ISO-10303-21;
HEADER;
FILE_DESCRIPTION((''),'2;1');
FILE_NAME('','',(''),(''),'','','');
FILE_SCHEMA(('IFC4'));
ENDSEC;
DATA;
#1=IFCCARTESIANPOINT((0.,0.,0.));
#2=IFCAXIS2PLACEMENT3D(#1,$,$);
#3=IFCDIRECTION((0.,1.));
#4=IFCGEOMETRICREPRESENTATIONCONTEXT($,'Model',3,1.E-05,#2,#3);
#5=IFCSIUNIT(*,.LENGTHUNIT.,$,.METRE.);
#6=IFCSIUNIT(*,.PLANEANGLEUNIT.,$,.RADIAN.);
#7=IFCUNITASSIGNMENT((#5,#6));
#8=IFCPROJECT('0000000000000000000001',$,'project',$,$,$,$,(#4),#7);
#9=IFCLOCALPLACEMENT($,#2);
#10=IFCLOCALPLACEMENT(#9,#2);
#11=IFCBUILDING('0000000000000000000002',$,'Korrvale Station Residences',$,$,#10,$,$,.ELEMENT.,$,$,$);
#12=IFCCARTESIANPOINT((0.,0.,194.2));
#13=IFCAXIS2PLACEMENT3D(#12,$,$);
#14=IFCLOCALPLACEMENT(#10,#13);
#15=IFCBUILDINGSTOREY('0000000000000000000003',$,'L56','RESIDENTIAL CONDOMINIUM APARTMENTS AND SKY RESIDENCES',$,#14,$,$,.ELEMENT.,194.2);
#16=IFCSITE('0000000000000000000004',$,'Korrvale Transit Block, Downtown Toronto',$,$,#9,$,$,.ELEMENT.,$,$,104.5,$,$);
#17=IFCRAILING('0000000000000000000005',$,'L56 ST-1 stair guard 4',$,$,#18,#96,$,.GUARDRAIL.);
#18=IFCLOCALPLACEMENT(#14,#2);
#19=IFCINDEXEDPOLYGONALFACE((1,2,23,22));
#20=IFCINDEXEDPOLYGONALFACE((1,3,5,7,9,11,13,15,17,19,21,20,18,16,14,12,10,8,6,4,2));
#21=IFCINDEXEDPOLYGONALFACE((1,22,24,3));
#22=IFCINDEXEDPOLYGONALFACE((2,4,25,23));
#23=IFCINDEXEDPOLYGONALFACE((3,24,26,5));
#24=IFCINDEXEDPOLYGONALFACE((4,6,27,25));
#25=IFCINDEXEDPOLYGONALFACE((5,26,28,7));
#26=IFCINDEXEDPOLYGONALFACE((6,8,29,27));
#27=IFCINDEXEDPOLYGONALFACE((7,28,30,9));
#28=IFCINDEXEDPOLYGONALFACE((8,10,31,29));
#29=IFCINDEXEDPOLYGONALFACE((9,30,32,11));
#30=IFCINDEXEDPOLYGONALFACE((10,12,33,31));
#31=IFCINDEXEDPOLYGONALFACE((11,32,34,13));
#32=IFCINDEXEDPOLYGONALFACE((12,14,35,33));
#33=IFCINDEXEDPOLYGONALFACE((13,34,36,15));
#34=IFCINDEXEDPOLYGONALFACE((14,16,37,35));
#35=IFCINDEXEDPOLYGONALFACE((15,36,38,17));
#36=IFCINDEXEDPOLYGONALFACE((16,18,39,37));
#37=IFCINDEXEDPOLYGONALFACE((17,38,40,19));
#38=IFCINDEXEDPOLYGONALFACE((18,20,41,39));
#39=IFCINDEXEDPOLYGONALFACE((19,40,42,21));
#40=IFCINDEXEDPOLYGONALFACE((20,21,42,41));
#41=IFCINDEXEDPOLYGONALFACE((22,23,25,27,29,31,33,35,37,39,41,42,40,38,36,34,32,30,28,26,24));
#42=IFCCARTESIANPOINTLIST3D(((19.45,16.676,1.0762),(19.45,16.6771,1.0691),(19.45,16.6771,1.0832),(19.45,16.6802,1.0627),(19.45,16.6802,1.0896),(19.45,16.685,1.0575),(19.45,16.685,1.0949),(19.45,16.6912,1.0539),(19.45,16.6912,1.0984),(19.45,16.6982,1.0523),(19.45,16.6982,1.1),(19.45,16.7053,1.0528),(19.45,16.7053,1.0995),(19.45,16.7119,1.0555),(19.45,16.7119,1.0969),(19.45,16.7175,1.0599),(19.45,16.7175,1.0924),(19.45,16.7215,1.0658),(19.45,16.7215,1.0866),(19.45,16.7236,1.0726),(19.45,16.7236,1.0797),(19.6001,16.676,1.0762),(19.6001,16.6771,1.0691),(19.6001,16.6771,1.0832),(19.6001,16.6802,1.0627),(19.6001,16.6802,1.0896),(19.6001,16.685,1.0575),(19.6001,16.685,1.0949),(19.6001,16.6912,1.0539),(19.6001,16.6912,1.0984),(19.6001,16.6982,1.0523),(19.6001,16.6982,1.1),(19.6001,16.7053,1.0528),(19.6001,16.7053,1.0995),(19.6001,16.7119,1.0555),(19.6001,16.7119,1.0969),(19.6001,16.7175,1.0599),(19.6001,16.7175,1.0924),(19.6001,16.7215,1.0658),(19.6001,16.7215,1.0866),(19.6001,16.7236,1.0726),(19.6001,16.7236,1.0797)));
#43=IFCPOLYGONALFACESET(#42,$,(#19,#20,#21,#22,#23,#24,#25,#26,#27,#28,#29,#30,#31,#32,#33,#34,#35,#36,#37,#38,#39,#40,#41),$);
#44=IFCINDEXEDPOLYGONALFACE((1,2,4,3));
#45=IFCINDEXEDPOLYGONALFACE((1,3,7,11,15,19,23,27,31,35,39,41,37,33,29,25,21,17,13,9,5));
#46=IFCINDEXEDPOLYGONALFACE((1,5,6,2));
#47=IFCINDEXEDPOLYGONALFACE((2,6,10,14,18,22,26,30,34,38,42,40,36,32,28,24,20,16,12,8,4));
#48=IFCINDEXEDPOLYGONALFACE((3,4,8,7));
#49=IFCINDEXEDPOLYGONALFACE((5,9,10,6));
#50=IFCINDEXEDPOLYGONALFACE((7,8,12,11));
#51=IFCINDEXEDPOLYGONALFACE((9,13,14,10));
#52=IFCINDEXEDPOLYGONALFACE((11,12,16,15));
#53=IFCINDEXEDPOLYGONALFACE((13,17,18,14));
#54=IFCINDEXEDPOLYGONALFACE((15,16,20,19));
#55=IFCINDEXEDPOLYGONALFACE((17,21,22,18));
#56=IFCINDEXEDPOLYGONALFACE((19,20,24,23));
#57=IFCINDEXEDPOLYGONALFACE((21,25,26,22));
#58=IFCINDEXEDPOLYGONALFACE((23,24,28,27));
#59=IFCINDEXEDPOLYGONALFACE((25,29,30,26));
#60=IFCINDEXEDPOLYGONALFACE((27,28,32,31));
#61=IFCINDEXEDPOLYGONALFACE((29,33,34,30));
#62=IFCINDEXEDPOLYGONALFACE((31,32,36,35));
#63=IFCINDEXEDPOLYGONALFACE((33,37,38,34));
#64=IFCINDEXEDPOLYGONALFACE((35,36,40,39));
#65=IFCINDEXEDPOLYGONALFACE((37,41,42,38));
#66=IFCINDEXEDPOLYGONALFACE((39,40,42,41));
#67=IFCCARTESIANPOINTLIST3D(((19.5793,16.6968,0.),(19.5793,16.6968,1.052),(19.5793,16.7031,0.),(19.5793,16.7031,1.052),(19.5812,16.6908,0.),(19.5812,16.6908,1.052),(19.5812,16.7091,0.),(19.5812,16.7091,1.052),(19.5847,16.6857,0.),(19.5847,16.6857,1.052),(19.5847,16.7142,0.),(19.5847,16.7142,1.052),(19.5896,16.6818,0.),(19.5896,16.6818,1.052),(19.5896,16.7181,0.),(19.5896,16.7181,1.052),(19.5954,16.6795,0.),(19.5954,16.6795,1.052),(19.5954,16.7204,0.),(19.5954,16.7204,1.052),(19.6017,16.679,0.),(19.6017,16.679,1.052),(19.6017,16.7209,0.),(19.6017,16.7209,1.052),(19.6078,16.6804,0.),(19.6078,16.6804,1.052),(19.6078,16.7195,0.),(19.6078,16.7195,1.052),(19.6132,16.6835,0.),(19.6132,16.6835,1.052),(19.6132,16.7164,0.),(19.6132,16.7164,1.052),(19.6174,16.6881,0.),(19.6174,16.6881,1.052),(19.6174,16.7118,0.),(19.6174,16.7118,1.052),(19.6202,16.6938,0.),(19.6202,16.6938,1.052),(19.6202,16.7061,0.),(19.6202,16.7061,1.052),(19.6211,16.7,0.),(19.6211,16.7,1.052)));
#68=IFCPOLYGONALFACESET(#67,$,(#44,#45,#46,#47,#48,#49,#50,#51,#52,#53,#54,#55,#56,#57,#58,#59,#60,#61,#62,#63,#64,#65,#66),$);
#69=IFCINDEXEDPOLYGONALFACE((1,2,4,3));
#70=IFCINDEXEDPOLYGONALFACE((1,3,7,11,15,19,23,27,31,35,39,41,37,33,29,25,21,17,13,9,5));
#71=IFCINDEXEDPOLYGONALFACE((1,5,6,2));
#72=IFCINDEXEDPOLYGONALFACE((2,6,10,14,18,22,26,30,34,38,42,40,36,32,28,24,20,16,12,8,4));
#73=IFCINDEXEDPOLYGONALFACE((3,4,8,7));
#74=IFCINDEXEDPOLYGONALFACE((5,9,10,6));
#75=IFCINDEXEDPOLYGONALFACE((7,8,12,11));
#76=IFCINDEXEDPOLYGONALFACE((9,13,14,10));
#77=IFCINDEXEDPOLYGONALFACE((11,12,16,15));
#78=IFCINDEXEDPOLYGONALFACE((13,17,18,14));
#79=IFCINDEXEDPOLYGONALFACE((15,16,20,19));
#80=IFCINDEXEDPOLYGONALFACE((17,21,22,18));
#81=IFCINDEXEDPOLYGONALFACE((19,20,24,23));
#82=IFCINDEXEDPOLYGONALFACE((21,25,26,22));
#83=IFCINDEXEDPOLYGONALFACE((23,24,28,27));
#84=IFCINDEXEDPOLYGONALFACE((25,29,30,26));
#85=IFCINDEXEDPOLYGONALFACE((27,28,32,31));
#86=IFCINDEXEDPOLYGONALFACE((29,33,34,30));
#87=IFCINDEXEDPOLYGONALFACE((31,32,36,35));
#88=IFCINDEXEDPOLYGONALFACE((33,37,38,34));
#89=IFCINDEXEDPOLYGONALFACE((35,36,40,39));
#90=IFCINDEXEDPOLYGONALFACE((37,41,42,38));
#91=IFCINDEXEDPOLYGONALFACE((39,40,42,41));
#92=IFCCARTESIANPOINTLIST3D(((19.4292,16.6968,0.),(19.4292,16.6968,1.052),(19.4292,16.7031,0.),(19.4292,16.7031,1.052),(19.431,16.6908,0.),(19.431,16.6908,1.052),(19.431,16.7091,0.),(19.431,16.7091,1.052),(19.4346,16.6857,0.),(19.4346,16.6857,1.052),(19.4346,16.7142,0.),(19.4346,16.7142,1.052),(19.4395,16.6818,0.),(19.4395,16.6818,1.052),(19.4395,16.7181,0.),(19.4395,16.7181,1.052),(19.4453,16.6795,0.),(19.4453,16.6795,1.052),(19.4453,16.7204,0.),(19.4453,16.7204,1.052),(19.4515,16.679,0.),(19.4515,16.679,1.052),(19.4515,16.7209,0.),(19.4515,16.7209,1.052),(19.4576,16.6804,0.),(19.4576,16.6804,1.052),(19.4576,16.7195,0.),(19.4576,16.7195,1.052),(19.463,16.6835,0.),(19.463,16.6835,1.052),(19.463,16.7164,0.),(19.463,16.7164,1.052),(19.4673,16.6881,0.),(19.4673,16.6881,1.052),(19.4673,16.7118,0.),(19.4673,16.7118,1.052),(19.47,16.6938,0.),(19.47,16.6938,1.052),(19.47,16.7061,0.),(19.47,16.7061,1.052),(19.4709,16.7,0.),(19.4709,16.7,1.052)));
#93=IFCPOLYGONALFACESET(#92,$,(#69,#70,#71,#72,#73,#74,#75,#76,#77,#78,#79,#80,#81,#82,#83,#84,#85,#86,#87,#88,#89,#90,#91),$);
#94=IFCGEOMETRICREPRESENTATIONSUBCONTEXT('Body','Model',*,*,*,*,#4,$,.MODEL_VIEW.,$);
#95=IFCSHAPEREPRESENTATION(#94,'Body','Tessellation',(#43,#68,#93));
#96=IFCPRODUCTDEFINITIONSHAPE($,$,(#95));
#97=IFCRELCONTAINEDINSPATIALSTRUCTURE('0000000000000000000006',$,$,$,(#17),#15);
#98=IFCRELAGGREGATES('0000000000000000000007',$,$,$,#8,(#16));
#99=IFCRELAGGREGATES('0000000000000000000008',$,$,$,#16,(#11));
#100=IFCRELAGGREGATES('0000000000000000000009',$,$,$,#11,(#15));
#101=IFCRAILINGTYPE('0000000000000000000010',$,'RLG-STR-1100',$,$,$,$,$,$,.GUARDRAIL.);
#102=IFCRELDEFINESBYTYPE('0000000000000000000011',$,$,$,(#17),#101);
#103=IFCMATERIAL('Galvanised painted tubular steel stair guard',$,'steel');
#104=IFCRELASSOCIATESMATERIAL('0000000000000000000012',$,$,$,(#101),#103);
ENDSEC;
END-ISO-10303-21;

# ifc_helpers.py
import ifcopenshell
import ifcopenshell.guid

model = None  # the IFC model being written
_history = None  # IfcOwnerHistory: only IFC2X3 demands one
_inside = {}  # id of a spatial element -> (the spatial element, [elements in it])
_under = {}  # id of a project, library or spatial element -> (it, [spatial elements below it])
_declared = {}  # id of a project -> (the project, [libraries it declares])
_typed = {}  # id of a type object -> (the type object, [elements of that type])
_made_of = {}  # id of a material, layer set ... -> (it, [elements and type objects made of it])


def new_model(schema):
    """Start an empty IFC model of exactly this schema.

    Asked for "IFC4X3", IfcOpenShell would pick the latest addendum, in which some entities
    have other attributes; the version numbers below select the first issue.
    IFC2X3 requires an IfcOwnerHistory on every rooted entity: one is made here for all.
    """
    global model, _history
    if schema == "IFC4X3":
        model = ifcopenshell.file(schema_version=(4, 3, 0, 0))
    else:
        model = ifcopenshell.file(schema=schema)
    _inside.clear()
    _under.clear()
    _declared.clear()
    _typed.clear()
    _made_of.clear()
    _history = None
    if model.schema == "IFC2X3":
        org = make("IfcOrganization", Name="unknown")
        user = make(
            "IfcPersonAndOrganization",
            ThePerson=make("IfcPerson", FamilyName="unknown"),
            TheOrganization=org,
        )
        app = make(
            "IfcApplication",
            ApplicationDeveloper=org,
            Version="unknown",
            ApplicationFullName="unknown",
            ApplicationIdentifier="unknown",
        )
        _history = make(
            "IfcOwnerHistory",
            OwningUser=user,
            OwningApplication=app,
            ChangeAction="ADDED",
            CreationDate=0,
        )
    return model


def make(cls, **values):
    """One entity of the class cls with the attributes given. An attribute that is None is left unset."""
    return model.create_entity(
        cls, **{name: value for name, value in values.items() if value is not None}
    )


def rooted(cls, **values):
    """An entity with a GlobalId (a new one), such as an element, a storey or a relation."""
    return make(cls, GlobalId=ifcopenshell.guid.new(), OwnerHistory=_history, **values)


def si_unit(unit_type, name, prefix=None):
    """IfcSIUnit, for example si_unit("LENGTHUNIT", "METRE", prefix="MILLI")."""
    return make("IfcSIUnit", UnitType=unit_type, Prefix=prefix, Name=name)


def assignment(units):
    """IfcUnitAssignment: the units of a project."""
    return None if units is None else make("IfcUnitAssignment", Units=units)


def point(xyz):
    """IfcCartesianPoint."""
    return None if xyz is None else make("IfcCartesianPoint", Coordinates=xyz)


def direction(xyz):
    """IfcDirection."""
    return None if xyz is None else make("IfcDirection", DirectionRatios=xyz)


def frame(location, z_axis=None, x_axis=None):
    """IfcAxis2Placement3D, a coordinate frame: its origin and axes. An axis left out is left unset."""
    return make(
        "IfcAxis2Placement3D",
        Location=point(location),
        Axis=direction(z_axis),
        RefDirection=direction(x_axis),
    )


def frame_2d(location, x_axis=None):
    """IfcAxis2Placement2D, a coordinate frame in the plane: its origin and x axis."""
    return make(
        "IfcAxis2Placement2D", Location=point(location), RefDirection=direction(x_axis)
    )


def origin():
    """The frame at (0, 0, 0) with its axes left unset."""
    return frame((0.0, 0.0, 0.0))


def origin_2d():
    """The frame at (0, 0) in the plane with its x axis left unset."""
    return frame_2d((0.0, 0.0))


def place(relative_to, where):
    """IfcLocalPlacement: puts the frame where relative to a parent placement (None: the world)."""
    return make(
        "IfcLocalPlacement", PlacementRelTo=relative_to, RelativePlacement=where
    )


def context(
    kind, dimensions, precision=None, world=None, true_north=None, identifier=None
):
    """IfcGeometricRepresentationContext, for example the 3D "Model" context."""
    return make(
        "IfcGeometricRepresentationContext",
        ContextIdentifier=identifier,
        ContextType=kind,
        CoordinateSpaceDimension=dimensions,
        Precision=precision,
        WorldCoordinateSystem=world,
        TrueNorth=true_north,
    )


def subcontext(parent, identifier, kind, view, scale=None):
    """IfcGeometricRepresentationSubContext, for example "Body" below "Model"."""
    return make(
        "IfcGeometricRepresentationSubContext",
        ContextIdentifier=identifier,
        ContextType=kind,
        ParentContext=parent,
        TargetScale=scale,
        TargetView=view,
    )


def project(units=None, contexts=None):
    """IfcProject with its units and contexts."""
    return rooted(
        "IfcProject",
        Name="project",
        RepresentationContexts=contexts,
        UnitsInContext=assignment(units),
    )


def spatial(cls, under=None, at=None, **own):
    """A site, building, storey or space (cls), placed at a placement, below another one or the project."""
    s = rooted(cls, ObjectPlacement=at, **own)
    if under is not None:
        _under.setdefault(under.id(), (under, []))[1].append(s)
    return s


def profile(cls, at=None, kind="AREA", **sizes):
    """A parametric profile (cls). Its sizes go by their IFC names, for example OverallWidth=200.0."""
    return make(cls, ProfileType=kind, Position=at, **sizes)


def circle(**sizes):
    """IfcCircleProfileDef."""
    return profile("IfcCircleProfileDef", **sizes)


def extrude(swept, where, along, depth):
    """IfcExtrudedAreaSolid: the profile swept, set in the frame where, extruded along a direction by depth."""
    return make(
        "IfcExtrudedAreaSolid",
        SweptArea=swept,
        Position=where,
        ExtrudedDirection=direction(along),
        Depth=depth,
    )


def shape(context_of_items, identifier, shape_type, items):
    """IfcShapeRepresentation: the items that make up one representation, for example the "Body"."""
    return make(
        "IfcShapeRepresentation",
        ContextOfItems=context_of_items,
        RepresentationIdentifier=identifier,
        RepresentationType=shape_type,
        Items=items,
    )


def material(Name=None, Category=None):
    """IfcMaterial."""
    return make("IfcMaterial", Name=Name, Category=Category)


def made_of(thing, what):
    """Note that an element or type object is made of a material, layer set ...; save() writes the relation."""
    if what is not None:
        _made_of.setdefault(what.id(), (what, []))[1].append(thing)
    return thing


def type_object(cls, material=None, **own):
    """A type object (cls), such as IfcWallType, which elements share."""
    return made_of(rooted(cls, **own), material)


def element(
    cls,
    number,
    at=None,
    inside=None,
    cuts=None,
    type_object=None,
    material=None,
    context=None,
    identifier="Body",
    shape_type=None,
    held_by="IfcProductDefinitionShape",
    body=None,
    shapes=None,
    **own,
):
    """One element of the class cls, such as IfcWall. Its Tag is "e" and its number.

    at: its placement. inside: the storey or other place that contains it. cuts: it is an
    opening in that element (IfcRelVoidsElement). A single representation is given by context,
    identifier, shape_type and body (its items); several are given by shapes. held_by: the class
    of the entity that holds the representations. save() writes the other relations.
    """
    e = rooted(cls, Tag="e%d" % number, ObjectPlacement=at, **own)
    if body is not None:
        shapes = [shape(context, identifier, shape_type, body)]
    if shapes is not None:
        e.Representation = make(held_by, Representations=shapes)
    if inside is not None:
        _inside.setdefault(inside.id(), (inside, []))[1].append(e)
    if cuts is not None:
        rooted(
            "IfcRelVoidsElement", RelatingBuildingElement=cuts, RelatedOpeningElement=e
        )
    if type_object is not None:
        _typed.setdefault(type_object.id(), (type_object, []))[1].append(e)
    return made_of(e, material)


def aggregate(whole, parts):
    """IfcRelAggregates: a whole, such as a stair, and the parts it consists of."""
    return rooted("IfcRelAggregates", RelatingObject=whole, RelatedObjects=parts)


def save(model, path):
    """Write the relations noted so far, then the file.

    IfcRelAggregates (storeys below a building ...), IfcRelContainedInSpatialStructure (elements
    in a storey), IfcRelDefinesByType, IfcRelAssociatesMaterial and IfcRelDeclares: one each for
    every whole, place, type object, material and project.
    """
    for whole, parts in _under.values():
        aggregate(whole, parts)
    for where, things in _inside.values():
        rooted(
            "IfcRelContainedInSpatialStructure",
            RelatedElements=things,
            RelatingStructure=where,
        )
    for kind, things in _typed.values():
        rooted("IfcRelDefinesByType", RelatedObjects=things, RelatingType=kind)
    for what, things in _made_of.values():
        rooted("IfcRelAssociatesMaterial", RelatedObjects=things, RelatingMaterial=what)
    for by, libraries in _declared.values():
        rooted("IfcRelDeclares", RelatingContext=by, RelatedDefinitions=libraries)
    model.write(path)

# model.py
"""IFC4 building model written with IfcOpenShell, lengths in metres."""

from ifc_helpers import new_model, si_unit, direction, frame, origin, origin_2d, place, context, subcontext, project, spatial, circle, extrude, material, type_object, element, save


model = new_model("IFC4")

# Units and contexts
model_context = context("Model", 3, precision=1e-05, world=origin(), true_north=direction((0.0, 1.0)))
body_context = subcontext(model_context, "Body", "Model", "MODEL_VIEW")
ifc_project = project(units=[si_unit("LENGTHUNIT", "METRE"), si_unit("PLANEANGLEUNIT", "RADIAN")], contexts=[model_context])

# Site, building, storey
site_placement = place(None, origin())
site = spatial("IfcSite", under=ifc_project, at=site_placement, Name="Korrvale Transit Block, Downtown Toronto", CompositionType="ELEMENT", RefElevation=104.5)
building_placement = place(site_placement, origin())
building = spatial("IfcBuilding", under=site, at=building_placement, Name="Korrvale Station Residences", CompositionType="ELEMENT")
storey_placement = place(building_placement, frame((0.0, 0.0, 194.2)))
storey = spatial("IfcBuildingStorey", under=building, at=storey_placement, Name="L56", Description="RESIDENTIAL CONDOMINIUM APARTMENTS AND SKY RESIDENCES", CompositionType="ELEMENT", Elevation=194.2)

# Railing
ifc_material_1 = material(Name="Galvanised painted tubular steel stair guard", Category="steel")
railing_type_1 = type_object("IfcRailingType", Name="RLG-STR-1100", PredefinedType="GUARDRAIL", material=ifc_material_1)
railing_1_placement = place(storey_placement, frame((19.6001, 16.7, 0.0)))
element("IfcRailing", 1, at=railing_1_placement, inside=storey, type_object=railing_type_1, Name="L56 ST-1 stair guard 4", PredefinedType="GUARDRAIL", context=body_context, shape_type="SweptSolid", body=[
    extrude(circle(Radius=0.0239, at=origin_2d()), frame((0.0, 0.0, 1.0762), z_axis=(-1.0, 0.0, 0.0), x_axis=(0.0, -1.0, 0.0)), (0.0, 0.0, 1.0), 0.1501),
    extrude(circle(Radius=0.021, at=origin_2d()), origin(), (0.0, 0.0, 1.0), 1.052),
    extrude(circle(Radius=0.021, at=origin_2d()), frame((-0.1501, 0.0, 0.0)), (0.0, 0.0, 1.0), 1.052),
])

save(model, "model.ifc")
